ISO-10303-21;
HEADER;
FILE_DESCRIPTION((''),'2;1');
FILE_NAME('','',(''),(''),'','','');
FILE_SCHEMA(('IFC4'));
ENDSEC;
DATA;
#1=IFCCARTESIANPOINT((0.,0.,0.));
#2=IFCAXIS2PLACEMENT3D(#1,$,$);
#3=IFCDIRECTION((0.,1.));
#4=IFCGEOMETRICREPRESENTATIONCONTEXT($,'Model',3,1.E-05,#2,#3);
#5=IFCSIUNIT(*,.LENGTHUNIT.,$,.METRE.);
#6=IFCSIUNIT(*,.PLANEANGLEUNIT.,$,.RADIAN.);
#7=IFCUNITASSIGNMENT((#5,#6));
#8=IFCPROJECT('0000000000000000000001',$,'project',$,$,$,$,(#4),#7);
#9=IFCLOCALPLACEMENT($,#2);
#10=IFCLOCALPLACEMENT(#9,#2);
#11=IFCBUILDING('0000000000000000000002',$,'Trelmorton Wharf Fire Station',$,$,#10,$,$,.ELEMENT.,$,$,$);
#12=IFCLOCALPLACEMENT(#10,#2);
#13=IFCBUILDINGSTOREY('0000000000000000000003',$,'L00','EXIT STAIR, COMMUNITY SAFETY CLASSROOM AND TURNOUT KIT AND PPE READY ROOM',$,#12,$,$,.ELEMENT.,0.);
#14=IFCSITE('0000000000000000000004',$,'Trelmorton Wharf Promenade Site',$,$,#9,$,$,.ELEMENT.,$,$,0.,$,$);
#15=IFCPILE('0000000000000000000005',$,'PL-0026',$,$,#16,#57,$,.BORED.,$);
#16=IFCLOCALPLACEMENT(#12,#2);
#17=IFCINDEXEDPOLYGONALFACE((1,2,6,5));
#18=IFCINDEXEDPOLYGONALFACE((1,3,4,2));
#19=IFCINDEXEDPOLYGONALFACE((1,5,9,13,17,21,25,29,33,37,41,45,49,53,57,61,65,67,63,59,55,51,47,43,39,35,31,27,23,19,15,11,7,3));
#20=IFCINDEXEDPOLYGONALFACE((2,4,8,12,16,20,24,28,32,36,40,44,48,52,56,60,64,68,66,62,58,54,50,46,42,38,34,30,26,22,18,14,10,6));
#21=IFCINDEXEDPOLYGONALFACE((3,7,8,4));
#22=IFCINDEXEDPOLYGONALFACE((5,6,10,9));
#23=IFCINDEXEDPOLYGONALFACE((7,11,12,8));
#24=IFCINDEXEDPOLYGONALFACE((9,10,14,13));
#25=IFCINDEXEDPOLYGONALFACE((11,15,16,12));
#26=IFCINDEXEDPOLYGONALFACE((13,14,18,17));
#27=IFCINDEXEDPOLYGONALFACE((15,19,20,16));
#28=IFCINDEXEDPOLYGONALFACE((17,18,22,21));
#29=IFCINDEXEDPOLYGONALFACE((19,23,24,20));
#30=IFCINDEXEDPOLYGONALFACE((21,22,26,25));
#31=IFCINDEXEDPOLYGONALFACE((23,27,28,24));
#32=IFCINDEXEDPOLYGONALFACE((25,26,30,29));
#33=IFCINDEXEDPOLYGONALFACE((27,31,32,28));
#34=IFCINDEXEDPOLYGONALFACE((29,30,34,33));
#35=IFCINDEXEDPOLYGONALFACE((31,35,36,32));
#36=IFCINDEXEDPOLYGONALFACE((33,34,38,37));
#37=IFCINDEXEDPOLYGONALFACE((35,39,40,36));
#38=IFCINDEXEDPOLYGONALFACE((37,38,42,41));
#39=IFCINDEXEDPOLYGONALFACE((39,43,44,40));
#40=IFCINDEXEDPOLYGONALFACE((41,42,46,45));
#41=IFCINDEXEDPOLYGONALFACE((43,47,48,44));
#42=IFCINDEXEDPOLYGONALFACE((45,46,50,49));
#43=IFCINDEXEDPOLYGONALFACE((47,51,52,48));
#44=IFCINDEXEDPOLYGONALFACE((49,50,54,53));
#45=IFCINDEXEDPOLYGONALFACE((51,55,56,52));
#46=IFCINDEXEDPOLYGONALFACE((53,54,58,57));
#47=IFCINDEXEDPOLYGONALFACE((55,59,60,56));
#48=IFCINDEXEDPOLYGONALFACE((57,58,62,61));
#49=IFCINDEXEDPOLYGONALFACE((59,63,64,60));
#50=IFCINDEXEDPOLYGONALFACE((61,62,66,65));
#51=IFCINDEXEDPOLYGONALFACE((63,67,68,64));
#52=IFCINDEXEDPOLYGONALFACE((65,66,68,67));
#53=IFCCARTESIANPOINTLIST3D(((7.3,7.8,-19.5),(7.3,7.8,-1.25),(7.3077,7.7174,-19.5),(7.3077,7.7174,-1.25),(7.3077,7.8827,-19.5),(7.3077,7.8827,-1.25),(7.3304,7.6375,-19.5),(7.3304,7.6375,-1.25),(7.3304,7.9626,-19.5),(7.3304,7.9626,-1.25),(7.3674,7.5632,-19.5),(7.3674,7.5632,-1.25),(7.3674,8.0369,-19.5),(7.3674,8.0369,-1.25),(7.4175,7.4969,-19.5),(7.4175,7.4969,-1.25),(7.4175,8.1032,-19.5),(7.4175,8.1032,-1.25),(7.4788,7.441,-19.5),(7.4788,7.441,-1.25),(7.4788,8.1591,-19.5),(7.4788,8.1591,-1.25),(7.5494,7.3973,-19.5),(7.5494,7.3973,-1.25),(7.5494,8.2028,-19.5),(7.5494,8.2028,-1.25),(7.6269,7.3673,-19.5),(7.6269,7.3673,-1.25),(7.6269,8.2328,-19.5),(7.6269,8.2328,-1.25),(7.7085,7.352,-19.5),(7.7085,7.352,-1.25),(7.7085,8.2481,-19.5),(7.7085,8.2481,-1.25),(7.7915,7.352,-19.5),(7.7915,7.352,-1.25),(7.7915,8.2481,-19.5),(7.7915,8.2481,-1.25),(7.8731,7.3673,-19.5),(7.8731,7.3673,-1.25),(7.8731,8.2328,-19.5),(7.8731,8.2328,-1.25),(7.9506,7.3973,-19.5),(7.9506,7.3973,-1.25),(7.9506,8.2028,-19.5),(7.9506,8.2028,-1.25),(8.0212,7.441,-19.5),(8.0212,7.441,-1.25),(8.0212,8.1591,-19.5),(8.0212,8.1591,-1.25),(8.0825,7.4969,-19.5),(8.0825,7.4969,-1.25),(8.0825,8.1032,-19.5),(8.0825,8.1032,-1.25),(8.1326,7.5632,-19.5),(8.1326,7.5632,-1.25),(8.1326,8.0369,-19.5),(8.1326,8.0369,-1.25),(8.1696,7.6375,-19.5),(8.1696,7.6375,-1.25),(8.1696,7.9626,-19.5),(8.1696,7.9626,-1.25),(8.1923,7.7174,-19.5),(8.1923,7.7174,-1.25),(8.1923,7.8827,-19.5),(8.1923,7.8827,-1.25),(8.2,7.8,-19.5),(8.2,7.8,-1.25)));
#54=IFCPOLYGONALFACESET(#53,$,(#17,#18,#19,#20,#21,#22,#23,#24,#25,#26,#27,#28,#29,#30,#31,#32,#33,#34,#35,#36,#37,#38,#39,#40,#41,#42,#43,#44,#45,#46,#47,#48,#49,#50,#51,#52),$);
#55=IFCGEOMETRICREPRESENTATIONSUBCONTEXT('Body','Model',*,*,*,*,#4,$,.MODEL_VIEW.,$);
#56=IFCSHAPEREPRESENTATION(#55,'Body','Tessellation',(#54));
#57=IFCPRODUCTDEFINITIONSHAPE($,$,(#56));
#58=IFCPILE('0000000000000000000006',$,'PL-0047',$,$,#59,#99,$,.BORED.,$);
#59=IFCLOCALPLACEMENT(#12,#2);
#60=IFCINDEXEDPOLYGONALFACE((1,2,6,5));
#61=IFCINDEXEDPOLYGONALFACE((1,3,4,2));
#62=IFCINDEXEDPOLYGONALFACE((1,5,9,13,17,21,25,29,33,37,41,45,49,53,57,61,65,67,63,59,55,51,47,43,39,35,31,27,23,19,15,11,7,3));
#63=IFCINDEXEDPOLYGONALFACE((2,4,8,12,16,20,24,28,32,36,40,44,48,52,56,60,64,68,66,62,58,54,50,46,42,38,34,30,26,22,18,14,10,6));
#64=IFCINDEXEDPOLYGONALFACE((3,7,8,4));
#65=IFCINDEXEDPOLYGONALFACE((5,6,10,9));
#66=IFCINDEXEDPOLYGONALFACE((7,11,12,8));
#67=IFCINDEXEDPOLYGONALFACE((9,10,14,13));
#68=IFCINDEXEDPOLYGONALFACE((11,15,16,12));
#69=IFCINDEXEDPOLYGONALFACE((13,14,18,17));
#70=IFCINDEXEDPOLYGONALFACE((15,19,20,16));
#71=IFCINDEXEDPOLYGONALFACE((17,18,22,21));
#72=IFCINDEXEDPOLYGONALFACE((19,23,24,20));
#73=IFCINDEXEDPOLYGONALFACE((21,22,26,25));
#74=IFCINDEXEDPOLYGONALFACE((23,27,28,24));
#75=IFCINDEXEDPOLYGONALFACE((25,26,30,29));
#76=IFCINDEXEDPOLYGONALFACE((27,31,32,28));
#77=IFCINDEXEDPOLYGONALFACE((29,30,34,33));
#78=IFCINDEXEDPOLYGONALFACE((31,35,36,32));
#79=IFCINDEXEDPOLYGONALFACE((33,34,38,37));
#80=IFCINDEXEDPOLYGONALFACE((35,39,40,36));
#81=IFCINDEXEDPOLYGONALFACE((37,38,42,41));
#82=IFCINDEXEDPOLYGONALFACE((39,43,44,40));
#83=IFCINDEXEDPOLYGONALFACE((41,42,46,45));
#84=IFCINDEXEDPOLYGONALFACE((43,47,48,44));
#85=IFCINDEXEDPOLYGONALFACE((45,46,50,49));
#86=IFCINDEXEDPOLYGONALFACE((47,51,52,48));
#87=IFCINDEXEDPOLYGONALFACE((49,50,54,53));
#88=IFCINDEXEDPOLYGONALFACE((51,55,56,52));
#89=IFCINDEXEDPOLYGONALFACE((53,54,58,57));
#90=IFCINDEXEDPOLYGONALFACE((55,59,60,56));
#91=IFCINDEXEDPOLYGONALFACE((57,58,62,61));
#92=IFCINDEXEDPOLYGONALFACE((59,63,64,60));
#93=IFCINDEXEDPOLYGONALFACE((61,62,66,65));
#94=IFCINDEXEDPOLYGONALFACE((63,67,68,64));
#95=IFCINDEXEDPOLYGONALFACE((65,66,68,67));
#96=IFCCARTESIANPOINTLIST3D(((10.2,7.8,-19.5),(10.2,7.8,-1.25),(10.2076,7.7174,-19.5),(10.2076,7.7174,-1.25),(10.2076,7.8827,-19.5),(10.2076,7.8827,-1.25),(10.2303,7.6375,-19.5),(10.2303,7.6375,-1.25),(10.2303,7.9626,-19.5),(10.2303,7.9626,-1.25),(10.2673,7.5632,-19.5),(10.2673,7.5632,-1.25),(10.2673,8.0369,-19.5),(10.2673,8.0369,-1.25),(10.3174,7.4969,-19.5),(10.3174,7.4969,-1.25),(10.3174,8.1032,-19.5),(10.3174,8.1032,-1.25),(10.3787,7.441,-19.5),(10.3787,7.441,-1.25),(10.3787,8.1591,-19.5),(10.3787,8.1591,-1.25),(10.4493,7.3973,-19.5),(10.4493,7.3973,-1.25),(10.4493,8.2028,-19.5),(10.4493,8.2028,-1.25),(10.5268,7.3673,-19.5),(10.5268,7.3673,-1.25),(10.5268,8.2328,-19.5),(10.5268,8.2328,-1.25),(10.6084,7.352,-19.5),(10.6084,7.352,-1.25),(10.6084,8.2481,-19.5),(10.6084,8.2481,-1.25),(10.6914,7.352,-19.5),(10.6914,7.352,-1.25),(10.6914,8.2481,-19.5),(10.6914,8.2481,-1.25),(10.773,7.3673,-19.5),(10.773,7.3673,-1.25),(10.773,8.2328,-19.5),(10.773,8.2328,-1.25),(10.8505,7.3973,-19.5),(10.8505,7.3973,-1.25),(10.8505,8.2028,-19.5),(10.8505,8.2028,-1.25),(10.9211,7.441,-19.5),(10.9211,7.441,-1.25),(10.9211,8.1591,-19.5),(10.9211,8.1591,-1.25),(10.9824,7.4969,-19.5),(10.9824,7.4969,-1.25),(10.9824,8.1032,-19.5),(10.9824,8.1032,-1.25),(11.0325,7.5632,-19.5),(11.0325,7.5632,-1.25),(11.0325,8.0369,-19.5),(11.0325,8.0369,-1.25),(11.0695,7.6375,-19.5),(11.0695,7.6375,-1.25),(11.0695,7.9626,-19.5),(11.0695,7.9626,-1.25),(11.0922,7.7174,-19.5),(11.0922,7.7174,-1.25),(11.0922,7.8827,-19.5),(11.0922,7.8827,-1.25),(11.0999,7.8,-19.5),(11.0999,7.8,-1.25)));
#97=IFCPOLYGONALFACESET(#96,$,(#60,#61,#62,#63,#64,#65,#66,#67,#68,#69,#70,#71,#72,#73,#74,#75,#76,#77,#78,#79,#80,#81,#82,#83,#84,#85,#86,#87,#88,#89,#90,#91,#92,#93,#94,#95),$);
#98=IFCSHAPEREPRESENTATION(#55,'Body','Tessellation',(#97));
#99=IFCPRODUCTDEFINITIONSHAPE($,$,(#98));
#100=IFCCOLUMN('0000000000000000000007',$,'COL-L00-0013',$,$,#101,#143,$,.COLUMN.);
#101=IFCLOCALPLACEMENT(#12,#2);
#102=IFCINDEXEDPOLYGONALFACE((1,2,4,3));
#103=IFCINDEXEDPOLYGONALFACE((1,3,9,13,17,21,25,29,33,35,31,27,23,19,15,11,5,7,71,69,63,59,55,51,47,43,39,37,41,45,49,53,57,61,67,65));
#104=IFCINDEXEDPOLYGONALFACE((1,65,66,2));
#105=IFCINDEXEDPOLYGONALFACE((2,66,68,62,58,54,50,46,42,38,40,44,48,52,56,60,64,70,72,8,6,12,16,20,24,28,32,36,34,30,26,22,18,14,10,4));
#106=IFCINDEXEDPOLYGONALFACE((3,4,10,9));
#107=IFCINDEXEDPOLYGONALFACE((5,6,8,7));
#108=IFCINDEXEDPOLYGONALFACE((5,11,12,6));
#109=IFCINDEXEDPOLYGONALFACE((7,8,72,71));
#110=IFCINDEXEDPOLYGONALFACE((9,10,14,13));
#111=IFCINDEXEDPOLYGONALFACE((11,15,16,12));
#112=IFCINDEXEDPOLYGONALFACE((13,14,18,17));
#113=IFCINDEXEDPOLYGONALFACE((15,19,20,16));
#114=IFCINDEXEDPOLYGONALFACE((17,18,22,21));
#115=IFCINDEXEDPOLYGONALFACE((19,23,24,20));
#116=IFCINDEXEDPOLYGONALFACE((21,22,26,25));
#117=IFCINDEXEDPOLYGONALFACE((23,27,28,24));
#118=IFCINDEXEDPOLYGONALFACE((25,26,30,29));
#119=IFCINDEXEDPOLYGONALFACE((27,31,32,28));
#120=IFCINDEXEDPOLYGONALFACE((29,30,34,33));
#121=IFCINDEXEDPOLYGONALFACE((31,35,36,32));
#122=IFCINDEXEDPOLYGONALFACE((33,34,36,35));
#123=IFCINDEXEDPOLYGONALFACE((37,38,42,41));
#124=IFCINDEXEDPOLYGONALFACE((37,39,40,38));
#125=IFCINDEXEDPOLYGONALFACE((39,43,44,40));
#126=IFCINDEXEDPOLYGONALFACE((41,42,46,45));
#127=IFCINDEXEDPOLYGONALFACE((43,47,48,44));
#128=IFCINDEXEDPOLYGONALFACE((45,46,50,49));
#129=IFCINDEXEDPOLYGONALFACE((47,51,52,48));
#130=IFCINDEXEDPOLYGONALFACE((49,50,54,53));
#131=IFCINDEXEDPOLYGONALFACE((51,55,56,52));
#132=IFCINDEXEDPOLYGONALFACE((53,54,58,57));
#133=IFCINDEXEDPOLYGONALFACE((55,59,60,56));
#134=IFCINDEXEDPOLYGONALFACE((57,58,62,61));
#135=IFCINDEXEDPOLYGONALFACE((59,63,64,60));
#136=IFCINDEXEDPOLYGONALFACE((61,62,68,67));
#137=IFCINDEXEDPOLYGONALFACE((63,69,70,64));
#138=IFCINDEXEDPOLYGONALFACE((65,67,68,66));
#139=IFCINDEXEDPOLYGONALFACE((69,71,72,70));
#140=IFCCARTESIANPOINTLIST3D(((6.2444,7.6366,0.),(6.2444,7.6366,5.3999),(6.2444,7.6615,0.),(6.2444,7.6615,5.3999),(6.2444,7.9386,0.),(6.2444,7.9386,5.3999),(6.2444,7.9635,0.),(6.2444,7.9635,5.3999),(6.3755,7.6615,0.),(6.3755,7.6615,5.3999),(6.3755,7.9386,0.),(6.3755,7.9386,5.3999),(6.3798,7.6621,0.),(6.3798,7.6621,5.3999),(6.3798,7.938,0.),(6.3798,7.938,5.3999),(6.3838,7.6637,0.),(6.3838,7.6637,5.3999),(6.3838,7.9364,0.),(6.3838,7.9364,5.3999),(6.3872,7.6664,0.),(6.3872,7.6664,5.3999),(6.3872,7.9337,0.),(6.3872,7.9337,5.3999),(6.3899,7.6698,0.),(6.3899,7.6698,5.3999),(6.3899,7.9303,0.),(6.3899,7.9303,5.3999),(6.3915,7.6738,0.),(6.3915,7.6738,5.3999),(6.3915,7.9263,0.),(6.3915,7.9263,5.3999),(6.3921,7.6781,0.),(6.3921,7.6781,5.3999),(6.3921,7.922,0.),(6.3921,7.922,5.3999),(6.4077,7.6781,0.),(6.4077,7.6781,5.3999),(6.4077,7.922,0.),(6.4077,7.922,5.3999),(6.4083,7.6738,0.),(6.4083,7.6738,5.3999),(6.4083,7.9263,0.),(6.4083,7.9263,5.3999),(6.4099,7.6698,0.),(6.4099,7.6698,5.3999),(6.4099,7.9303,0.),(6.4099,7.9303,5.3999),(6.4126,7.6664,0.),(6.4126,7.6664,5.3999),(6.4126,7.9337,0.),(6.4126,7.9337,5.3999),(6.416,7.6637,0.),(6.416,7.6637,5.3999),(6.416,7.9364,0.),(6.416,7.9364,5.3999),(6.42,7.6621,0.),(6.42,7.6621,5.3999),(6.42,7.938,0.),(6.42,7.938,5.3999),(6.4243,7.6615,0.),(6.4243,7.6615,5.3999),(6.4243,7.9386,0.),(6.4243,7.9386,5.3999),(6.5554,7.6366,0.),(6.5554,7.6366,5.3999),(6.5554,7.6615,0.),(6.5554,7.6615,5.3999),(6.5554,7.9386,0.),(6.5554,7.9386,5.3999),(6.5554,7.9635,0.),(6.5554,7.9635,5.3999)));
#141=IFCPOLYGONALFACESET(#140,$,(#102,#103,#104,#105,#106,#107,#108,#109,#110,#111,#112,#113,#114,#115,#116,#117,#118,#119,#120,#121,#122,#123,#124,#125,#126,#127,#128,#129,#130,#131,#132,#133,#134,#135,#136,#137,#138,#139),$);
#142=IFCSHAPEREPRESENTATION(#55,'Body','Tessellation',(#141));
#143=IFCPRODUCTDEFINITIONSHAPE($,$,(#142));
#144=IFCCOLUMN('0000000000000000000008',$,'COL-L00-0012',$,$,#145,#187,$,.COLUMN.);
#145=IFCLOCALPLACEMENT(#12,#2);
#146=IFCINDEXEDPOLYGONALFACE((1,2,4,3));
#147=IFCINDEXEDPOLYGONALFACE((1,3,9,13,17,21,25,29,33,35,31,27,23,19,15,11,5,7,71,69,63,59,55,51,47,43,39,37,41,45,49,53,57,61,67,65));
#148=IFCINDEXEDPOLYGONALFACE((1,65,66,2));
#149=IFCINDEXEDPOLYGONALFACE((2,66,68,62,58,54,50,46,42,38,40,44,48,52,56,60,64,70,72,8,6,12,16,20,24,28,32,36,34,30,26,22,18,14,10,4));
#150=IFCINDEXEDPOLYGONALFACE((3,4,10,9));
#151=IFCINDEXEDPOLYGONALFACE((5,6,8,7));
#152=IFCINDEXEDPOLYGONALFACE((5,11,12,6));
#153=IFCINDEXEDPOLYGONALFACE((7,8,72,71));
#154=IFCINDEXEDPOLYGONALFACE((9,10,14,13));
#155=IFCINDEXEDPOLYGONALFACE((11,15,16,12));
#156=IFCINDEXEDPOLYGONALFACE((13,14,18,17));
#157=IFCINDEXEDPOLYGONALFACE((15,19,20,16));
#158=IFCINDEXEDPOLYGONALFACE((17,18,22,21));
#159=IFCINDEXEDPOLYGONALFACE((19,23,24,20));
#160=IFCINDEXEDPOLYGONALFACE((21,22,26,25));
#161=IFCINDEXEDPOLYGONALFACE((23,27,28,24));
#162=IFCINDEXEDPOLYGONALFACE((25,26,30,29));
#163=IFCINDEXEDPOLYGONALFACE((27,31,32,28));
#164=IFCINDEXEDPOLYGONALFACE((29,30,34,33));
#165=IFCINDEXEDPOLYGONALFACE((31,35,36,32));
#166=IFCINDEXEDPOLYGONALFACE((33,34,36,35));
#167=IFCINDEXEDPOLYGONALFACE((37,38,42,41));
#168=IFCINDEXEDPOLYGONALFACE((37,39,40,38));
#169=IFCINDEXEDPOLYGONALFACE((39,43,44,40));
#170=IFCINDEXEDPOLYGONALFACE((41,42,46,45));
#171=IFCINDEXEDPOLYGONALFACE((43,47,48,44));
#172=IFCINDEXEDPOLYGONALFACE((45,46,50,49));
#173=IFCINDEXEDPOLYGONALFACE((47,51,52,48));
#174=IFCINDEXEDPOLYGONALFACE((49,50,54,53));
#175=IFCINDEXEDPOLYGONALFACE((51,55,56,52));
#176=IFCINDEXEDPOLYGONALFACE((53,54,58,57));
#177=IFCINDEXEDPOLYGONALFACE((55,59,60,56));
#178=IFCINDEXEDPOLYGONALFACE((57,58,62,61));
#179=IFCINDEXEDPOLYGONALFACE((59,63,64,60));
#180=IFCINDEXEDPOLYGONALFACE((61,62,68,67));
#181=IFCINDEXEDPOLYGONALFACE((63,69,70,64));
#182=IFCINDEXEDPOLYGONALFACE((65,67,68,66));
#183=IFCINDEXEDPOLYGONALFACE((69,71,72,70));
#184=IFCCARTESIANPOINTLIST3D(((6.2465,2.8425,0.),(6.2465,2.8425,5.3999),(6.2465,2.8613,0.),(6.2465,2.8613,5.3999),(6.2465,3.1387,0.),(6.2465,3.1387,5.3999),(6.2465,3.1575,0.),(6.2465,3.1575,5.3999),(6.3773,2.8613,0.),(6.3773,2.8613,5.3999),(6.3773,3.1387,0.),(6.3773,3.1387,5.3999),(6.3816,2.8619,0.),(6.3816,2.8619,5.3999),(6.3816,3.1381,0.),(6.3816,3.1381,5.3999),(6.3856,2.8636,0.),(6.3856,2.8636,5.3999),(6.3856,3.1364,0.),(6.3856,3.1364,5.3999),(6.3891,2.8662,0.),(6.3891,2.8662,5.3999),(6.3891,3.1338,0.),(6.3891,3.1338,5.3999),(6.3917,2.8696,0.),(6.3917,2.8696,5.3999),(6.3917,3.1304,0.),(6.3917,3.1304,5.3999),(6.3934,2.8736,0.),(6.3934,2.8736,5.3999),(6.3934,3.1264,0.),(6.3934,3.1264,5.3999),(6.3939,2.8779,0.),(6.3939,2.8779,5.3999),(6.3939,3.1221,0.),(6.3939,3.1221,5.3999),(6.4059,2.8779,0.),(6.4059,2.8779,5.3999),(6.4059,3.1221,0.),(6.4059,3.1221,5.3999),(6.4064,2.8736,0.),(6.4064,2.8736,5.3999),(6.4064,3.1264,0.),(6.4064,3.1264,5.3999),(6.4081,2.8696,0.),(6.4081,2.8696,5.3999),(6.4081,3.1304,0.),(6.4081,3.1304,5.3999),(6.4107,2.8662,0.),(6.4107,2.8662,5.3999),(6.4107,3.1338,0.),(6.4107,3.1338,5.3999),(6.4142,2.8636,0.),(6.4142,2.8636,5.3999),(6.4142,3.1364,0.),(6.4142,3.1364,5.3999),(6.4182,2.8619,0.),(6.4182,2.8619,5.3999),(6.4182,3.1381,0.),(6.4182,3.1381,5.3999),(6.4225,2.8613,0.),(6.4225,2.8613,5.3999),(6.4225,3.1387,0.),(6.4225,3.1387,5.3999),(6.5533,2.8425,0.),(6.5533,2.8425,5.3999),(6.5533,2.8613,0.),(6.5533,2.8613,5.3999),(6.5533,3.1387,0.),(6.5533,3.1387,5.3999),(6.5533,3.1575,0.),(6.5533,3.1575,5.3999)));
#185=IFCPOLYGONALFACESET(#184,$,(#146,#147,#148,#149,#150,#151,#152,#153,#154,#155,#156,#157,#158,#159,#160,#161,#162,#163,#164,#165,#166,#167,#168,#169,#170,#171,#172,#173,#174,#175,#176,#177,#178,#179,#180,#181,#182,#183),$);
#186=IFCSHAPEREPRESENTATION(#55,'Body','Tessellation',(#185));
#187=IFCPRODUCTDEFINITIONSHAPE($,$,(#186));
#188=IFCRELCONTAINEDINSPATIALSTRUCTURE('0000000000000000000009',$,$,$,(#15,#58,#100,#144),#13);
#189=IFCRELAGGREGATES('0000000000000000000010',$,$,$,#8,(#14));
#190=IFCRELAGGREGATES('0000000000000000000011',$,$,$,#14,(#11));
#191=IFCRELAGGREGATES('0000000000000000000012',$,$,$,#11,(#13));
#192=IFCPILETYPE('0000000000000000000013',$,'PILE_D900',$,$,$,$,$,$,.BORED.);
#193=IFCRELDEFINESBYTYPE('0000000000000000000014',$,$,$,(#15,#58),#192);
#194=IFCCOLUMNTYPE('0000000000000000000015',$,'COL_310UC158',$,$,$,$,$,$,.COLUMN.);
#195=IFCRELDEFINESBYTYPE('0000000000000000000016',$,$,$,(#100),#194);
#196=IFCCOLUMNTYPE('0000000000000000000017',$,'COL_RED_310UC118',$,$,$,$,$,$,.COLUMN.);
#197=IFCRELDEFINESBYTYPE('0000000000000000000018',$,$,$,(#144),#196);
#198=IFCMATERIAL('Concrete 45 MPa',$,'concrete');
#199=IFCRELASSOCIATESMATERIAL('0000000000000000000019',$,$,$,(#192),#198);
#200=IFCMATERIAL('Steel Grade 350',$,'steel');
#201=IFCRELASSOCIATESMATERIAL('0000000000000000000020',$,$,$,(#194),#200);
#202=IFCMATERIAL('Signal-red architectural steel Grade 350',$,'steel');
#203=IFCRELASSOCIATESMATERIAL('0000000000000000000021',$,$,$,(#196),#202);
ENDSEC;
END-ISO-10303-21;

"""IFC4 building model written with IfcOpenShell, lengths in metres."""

from ifc_helpers import new_model, si_unit, direction, frame, origin, origin_2d, place, context, subcontext, project, spatial, circle, i_section, extrude, material, material_profile, profile_set, type_object, element, save


model = new_model("IFC4")

# Units and contexts
model_context = context("Model", 3, precision=1e-05, world=origin(), true_north=direction((0.0, 1.0)))
body_context = subcontext(model_context, "Body", "Model", "MODEL_VIEW")
ifc_project = project(units=[si_unit("LENGTHUNIT", "METRE"), si_unit("PLANEANGLEUNIT", "RADIAN")], contexts=[model_context])

# Site, building, storey
site_placement = place(None, origin())
site = spatial("IfcSite", under=ifc_project, at=site_placement, Name="Trelmorton Wharf Promenade Site", CompositionType="ELEMENT", RefElevation=0.0)
building_placement = place(site_placement, origin())
building = spatial("IfcBuilding", under=site, at=building_placement, Name="Trelmorton Wharf Fire Station", CompositionType="ELEMENT")
storey_placement = place(building_placement, origin())
storey = spatial("IfcBuildingStorey", under=building, at=storey_placement, Name="L00", Description="EXIT STAIR, COMMUNITY SAFETY CLASSROOM AND TURNOUT KIT AND PPE READY ROOM", CompositionType="ELEMENT", Elevation=0.0)

# Piles
ifc_material_1 = material(Name="Concrete 45 MPa", Category="concrete")
ifc_material_profile_1 = material_profile(ifc_material_1, circle(Radius=0.45, at=origin_2d()), Name="PILE-D900")
ifc_profile_set_1 = profile_set([ifc_material_profile_1], Name="Concrete 45 MPa")
pile_type_1 = type_object("IfcPileType", Name="PILE_D900", PredefinedType="BORED", material=ifc_profile_set_1)
for number, where, z_axis, x_axis, name in (
    (1, (7.75, 7.8, -1.25), (0.0, 0.0, -1.0), (1.0, 0.0, 0.0), "PL-0026"),
    (2, (10.6499, 7.8, -1.25), (0.0, 0.0, -1.0), (1.0, 0.0, 0.0), "PL-0047"),
):
    element("IfcPile", number, at=place(storey_placement, frame(where, z_axis=z_axis, x_axis=x_axis)), inside=storey, type_object=pile_type_1, Name=name, PredefinedType="BORED", context=body_context, shape_type="SweptSolid", body=[
        extrude(circle(Radius=0.45, at=origin_2d()), origin(), (0.0, 0.0, 1.0), 18.25),
    ])

# Columns
ifc_material_2 = material(Name="Steel Grade 350", Category="steel")
ifc_material_profile_2 = material_profile(ifc_material_2, i_section(OverallWidth=0.311, OverallDepth=0.3269, WebThickness=0.0156, FlangeThickness=0.0249, FilletRadius=0.0166, at=origin_2d()), Name="310UC158")
ifc_profile_set_2 = profile_set([ifc_material_profile_2], Name="Steel Grade 350")
column_type_1 = type_object("IfcColumnType", Name="COL_310UC158", PredefinedType="COLUMN", material=ifc_profile_set_2)
column_placement = place(storey_placement, frame((6.3999, 7.8, 0.0), z_axis=(0.0, 0.0, 1.0), x_axis=(1.0, 0.0, 0.0)))
element("IfcColumn", 3, at=column_placement, inside=storey, type_object=column_type_1, Name="COL-L00-0013", PredefinedType="COLUMN", context=body_context, shape_type="SweptSolid", body=[
    extrude(i_section(OverallWidth=0.311, OverallDepth=0.3269, WebThickness=0.0156, FlangeThickness=0.0249, FilletRadius=0.0166, at=origin_2d()), origin(), (0.0, 0.0, 1.0), 5.3999),
])
ifc_material_3 = material(Name="Signal-red architectural steel Grade 350", Category="steel")
ifc_material_profile_3 = material_profile(ifc_material_3, i_section(OverallWidth=0.3069, OverallDepth=0.3149, WebThickness=0.012, FlangeThickness=0.0188, FilletRadius=0.0166, at=origin_2d()), Name="310UC118")
ifc_profile_set_3 = profile_set([ifc_material_profile_3], Name="Signal-red architectural steel Grade 350")
column_type_2 = type_object("IfcColumnType", Name="COL_RED_310UC118", PredefinedType="COLUMN", material=ifc_profile_set_3)
for number, where, z_axis, x_axis, name in (
    (4, (6.3999, 3.0, 0.0), (0.0, 0.0, 1.0), (1.0, 0.0, 0.0), "COL-L00-0012"),
):
    element("IfcColumn", number, at=place(storey_placement, frame(where, z_axis=z_axis, x_axis=x_axis)), inside=storey, type_object=column_type_2, Name=name, PredefinedType="COLUMN", context=body_context, shape_type="SweptSolid", body=[
        extrude(i_section(OverallWidth=0.3069, OverallDepth=0.3149, WebThickness=0.012, FlangeThickness=0.0188, FilletRadius=0.0166, at=origin_2d()), origin(), (0.0, 0.0, 1.0), 5.3999),
    ])

save(model, "model.ifc")
